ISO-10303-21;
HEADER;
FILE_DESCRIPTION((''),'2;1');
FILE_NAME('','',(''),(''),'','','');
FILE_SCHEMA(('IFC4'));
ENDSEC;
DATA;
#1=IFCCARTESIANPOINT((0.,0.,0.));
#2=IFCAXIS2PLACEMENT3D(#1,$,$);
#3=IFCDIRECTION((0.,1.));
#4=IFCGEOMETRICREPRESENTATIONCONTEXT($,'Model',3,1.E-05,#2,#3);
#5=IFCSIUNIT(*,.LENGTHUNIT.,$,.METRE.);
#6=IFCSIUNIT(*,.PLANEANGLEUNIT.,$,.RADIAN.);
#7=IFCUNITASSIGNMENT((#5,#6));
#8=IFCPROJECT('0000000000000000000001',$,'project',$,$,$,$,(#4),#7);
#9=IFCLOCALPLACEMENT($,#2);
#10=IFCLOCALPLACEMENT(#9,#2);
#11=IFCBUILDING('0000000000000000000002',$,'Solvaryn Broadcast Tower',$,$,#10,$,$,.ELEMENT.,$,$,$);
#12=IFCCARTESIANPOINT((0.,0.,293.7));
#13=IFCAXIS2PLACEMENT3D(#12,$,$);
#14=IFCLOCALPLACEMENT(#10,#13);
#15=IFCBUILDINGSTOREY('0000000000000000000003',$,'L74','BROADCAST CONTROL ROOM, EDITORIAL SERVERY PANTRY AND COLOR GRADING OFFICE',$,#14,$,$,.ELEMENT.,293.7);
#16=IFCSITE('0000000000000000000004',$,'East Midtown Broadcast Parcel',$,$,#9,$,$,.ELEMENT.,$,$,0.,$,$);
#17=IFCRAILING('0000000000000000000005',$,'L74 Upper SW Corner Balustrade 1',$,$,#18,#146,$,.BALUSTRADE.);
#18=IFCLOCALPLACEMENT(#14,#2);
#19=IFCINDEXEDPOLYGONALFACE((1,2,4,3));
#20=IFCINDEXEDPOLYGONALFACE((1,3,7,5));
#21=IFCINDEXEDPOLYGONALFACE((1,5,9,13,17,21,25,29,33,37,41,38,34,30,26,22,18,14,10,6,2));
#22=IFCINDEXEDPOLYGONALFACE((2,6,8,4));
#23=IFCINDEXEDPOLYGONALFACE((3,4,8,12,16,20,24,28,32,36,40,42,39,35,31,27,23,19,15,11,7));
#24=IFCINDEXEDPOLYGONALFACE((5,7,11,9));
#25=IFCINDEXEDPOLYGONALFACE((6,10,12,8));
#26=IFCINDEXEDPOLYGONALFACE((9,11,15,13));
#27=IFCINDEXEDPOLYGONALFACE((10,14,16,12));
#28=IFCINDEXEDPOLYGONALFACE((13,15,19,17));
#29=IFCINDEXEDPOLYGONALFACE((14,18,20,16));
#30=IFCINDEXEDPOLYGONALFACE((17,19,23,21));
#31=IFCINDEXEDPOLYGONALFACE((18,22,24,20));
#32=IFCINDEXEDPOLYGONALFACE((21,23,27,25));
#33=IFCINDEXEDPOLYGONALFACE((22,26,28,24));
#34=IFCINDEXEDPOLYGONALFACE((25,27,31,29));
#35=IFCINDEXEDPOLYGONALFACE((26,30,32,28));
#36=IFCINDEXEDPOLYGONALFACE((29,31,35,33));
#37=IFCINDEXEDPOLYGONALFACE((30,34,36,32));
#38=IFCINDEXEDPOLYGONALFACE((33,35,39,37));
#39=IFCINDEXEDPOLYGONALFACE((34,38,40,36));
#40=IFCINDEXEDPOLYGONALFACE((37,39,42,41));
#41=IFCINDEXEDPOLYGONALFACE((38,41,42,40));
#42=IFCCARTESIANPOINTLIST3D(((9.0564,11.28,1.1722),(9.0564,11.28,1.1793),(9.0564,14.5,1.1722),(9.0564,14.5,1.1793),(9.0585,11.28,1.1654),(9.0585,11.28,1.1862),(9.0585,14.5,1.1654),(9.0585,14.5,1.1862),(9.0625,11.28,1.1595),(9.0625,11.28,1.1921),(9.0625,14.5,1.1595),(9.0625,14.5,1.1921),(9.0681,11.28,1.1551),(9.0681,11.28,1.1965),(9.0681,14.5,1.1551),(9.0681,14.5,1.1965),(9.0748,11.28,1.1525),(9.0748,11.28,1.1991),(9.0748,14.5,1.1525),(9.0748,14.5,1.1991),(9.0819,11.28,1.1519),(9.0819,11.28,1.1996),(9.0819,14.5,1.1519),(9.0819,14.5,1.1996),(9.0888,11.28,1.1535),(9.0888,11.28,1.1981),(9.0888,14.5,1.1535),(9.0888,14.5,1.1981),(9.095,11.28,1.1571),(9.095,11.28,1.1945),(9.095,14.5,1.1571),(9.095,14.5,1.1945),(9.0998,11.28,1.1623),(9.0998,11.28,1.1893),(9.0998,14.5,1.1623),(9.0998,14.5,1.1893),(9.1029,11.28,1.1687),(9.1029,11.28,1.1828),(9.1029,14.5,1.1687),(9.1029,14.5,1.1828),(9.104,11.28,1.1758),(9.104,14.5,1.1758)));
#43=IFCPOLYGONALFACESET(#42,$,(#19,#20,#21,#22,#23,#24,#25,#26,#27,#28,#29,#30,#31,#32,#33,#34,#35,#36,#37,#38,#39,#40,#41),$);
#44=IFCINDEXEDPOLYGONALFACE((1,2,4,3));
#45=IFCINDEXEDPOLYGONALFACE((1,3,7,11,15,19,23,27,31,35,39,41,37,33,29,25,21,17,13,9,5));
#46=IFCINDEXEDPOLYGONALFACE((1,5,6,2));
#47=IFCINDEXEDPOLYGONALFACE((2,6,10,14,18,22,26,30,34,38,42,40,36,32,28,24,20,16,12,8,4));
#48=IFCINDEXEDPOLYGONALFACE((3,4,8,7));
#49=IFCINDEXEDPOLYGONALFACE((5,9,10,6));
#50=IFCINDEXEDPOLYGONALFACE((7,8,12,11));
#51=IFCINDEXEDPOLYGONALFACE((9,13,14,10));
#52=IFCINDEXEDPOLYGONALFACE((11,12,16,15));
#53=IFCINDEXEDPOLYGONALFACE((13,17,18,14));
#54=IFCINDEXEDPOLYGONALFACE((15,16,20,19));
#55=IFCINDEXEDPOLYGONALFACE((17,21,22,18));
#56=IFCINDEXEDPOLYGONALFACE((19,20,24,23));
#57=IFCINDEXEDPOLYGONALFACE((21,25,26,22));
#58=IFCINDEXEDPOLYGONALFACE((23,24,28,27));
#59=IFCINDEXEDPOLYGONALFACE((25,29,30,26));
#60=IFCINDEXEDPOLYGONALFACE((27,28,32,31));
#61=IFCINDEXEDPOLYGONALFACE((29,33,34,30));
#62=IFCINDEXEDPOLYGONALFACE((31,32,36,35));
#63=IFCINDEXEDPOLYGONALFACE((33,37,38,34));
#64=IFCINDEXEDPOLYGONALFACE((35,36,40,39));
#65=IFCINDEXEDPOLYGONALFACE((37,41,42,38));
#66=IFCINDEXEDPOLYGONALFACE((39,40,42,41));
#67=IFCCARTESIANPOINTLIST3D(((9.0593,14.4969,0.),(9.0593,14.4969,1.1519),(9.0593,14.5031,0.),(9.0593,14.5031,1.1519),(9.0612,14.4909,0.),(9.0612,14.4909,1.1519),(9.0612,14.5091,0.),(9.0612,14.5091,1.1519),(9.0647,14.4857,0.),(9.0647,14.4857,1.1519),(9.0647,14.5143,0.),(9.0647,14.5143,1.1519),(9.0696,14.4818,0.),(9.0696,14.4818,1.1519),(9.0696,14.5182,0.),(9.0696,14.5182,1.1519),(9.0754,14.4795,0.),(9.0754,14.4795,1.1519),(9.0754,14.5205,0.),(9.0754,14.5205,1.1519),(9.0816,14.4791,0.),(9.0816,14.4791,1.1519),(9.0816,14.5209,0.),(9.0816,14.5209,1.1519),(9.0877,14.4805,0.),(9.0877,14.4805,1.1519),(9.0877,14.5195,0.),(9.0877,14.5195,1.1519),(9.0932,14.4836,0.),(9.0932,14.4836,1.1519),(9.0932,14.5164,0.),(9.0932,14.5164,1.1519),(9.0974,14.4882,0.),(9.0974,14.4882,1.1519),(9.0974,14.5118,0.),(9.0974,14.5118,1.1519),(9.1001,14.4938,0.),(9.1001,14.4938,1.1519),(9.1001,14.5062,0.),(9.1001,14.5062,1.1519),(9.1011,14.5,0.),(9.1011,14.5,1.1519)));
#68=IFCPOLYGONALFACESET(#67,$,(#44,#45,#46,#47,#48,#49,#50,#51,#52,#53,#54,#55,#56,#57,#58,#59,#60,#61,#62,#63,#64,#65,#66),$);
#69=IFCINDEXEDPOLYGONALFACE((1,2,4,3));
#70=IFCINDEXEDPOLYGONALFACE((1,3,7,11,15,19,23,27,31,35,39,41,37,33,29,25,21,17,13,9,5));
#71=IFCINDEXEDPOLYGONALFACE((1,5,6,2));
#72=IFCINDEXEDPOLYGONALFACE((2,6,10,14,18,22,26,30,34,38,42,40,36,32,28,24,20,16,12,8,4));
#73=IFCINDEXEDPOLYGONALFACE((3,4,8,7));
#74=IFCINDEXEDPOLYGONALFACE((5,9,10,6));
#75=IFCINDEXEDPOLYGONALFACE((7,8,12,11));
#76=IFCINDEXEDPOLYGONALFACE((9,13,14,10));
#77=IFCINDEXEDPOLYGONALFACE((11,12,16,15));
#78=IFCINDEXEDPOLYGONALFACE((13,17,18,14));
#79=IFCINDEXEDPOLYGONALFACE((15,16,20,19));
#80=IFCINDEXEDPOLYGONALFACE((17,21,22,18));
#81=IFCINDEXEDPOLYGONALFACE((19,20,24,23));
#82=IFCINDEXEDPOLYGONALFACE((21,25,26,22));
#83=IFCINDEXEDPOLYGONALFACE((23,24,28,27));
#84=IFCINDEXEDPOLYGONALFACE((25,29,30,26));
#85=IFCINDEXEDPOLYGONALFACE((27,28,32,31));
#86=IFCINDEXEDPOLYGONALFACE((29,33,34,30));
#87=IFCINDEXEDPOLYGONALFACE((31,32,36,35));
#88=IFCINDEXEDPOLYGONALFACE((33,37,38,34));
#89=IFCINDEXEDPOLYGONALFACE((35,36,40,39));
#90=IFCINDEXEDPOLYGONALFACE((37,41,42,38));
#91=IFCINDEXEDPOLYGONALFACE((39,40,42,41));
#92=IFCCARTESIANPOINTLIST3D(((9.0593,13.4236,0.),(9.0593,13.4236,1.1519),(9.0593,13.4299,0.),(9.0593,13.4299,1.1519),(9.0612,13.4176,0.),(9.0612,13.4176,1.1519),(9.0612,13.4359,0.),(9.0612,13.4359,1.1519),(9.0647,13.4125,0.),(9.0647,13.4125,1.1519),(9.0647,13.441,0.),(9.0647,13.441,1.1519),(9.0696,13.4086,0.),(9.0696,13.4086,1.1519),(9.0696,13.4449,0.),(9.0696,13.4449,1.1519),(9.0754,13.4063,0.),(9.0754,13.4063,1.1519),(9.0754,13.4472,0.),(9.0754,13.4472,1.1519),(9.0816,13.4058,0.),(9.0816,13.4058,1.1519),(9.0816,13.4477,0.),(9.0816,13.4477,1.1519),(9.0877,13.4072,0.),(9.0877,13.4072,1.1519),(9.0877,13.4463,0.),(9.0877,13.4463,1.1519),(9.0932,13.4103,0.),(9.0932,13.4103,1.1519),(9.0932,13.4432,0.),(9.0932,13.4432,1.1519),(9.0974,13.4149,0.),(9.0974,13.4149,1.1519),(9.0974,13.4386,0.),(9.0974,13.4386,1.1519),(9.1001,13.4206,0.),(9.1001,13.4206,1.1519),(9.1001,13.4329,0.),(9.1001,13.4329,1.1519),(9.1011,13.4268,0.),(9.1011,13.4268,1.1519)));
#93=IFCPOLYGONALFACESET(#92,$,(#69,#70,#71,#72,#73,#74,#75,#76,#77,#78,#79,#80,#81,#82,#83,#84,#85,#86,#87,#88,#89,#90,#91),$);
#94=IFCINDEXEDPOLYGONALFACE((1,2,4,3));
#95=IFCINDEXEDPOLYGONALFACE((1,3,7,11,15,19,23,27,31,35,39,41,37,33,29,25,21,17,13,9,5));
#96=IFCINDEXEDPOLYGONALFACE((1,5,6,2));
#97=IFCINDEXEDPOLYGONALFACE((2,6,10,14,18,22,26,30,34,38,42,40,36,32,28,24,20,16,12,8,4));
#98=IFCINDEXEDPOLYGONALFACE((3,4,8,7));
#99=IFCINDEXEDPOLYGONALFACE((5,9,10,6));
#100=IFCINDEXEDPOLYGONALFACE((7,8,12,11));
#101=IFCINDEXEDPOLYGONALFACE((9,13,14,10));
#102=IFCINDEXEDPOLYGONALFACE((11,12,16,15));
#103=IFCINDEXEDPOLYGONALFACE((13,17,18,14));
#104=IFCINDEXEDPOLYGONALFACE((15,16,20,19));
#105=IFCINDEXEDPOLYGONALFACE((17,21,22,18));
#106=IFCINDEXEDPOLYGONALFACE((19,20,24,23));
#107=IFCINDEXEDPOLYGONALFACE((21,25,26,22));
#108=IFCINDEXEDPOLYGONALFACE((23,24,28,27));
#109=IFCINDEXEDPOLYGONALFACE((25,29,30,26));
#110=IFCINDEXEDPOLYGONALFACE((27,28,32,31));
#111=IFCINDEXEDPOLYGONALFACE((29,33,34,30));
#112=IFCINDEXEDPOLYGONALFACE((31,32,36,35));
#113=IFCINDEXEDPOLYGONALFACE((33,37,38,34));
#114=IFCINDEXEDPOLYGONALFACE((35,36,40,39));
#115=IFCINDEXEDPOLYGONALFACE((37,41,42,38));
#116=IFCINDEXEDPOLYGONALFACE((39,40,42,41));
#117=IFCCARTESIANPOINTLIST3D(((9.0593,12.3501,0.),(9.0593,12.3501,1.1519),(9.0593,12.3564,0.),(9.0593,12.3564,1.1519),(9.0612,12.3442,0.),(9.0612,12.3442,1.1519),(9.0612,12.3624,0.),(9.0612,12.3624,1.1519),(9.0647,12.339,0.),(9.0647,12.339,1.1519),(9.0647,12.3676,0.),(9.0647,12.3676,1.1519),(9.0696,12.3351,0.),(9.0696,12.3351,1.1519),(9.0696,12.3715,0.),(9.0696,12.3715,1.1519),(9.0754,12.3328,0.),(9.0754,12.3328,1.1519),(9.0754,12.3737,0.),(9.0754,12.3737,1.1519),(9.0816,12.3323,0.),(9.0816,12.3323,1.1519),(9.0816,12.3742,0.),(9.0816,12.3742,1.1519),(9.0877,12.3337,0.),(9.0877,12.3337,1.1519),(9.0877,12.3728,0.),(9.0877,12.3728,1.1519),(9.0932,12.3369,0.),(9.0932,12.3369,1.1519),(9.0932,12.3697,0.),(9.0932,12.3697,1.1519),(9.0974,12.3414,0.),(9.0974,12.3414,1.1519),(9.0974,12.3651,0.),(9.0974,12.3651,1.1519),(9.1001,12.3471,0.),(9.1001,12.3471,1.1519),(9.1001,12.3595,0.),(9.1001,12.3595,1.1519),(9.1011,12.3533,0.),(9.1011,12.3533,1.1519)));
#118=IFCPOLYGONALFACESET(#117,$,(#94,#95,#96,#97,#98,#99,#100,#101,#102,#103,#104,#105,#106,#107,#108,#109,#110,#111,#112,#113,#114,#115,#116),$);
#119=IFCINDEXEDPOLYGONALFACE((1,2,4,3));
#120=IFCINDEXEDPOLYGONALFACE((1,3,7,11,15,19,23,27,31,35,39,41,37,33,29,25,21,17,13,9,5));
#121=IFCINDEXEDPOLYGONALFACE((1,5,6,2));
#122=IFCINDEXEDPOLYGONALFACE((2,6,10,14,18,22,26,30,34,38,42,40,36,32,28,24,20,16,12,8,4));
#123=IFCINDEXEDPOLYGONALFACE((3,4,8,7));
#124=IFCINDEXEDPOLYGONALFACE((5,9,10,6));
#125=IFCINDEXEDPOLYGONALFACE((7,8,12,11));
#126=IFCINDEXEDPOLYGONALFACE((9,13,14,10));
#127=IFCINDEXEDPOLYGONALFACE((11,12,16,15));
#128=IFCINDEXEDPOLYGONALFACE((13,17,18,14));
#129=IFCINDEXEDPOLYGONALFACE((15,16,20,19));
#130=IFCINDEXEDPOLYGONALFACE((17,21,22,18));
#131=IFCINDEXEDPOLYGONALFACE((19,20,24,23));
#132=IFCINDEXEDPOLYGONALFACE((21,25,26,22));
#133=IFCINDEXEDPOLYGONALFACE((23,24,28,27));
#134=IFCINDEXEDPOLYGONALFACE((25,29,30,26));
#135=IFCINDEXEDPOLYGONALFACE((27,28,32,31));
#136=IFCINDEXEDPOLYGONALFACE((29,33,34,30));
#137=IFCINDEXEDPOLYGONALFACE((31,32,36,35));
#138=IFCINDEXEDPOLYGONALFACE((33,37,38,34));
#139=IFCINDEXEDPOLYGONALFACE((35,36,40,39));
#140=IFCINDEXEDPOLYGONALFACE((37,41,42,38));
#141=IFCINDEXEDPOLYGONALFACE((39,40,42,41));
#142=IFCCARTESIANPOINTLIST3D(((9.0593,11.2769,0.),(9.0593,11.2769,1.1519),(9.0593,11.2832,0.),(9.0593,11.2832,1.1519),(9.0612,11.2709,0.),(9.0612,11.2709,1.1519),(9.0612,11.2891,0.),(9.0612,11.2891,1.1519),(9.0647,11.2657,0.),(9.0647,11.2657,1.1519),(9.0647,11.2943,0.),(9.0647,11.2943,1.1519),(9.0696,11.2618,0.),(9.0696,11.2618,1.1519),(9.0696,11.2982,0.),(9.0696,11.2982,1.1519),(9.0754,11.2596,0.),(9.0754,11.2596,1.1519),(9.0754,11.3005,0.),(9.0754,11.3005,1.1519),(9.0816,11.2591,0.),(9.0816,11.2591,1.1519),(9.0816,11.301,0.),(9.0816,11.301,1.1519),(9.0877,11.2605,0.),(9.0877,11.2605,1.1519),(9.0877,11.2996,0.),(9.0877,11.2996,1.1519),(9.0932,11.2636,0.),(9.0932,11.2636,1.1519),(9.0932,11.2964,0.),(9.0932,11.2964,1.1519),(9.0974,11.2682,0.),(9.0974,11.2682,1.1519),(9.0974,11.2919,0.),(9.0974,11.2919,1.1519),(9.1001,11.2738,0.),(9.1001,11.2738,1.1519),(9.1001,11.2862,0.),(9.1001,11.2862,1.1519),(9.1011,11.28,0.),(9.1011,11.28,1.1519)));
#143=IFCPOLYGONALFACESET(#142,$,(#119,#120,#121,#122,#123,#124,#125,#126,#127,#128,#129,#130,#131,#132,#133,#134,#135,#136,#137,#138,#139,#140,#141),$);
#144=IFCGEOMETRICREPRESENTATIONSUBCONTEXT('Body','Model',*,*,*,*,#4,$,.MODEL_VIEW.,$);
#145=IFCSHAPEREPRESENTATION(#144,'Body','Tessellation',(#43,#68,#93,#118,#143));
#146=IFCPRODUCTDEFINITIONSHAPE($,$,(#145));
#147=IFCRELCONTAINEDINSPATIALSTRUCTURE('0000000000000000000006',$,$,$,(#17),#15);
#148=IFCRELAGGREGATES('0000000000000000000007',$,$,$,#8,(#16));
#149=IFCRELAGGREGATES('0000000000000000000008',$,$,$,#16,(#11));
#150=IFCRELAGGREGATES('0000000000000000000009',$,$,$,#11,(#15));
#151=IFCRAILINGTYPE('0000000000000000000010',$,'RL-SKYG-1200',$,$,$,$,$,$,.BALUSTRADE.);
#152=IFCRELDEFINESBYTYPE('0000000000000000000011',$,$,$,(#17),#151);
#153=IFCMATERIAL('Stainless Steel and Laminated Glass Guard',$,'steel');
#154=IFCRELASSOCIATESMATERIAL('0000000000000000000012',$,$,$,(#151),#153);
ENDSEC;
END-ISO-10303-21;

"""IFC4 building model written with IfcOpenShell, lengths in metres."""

from ifc_helpers import new_model, si_unit, direction, frame, origin, origin_2d, place, context, subcontext, project, spatial, circle, extrude, material, type_object, element, save


model = new_model("IFC4")

# Units and contexts
model_context = context("Model", 3, precision=1e-05, world=origin(), true_north=direction((0.0, 1.0)))
body_context = subcontext(model_context, "Body", "Model", "MODEL_VIEW")
ifc_project = project(units=[si_unit("LENGTHUNIT", "METRE"), si_unit("PLANEANGLEUNIT", "RADIAN")], contexts=[model_context])

# Site, building, storey
site_placement = place(None, origin())
site = spatial("IfcSite", under=ifc_project, at=site_placement, Name="East Midtown Broadcast Parcel", CompositionType="ELEMENT", RefElevation=0.0)
building_placement = place(site_placement, origin())
building = spatial("IfcBuilding", under=site, at=building_placement, Name="Solvaryn Broadcast Tower", CompositionType="ELEMENT")
storey_placement = place(building_placement, frame((0.0, 0.0, 293.7)))
storey = spatial("IfcBuildingStorey", under=building, at=storey_placement, Name="L74", Description="BROADCAST CONTROL ROOM, EDITORIAL SERVERY PANTRY AND COLOR GRADING OFFICE", CompositionType="ELEMENT", Elevation=293.7)

# Railing
ifc_material_1 = material(Name="Stainless Steel and Laminated Glass Guard", Category="steel")
railing_type = type_object("IfcRailingType", Name="RL-SKYG-1200", PredefinedType="BALUSTRADE", material=ifc_material_1)
railing_1_placement = place(storey_placement, frame((9.0801, 14.5, 0.0)))
element("IfcRailing", 1, at=railing_1_placement, inside=storey, type_object=railing_type, Name="L74 Upper SW Corner Balustrade 1", PredefinedType="BALUSTRADE", context=body_context, shape_type="SweptSolid", body=[
    extrude(circle(Radius=0.0239, at=origin_2d()), frame((0.0, 0.0, 1.1758), z_axis=(0.0, -1.0, 0.0), x_axis=(1.0, 0.0, 0.0)), (0.0, 0.0, 1.0), 3.22),
    extrude(circle(Radius=0.021, at=origin_2d()), origin(), (0.0, 0.0, 1.0), 1.1519),
    extrude(circle(Radius=0.021, at=origin_2d()), frame((0.0, -1.0732, 0.0)), (0.0, 0.0, 1.0), 1.1519),
    extrude(circle(Radius=0.021, at=origin_2d()), frame((0.0, -2.1467, 0.0)), (0.0, 0.0, 1.0), 1.1519),
    extrude(circle(Radius=0.021, at=origin_2d()), frame((0.0, -3.22, 0.0)), (0.0, 0.0, 1.0), 1.1519),
])

save(model, "model.ifc")
